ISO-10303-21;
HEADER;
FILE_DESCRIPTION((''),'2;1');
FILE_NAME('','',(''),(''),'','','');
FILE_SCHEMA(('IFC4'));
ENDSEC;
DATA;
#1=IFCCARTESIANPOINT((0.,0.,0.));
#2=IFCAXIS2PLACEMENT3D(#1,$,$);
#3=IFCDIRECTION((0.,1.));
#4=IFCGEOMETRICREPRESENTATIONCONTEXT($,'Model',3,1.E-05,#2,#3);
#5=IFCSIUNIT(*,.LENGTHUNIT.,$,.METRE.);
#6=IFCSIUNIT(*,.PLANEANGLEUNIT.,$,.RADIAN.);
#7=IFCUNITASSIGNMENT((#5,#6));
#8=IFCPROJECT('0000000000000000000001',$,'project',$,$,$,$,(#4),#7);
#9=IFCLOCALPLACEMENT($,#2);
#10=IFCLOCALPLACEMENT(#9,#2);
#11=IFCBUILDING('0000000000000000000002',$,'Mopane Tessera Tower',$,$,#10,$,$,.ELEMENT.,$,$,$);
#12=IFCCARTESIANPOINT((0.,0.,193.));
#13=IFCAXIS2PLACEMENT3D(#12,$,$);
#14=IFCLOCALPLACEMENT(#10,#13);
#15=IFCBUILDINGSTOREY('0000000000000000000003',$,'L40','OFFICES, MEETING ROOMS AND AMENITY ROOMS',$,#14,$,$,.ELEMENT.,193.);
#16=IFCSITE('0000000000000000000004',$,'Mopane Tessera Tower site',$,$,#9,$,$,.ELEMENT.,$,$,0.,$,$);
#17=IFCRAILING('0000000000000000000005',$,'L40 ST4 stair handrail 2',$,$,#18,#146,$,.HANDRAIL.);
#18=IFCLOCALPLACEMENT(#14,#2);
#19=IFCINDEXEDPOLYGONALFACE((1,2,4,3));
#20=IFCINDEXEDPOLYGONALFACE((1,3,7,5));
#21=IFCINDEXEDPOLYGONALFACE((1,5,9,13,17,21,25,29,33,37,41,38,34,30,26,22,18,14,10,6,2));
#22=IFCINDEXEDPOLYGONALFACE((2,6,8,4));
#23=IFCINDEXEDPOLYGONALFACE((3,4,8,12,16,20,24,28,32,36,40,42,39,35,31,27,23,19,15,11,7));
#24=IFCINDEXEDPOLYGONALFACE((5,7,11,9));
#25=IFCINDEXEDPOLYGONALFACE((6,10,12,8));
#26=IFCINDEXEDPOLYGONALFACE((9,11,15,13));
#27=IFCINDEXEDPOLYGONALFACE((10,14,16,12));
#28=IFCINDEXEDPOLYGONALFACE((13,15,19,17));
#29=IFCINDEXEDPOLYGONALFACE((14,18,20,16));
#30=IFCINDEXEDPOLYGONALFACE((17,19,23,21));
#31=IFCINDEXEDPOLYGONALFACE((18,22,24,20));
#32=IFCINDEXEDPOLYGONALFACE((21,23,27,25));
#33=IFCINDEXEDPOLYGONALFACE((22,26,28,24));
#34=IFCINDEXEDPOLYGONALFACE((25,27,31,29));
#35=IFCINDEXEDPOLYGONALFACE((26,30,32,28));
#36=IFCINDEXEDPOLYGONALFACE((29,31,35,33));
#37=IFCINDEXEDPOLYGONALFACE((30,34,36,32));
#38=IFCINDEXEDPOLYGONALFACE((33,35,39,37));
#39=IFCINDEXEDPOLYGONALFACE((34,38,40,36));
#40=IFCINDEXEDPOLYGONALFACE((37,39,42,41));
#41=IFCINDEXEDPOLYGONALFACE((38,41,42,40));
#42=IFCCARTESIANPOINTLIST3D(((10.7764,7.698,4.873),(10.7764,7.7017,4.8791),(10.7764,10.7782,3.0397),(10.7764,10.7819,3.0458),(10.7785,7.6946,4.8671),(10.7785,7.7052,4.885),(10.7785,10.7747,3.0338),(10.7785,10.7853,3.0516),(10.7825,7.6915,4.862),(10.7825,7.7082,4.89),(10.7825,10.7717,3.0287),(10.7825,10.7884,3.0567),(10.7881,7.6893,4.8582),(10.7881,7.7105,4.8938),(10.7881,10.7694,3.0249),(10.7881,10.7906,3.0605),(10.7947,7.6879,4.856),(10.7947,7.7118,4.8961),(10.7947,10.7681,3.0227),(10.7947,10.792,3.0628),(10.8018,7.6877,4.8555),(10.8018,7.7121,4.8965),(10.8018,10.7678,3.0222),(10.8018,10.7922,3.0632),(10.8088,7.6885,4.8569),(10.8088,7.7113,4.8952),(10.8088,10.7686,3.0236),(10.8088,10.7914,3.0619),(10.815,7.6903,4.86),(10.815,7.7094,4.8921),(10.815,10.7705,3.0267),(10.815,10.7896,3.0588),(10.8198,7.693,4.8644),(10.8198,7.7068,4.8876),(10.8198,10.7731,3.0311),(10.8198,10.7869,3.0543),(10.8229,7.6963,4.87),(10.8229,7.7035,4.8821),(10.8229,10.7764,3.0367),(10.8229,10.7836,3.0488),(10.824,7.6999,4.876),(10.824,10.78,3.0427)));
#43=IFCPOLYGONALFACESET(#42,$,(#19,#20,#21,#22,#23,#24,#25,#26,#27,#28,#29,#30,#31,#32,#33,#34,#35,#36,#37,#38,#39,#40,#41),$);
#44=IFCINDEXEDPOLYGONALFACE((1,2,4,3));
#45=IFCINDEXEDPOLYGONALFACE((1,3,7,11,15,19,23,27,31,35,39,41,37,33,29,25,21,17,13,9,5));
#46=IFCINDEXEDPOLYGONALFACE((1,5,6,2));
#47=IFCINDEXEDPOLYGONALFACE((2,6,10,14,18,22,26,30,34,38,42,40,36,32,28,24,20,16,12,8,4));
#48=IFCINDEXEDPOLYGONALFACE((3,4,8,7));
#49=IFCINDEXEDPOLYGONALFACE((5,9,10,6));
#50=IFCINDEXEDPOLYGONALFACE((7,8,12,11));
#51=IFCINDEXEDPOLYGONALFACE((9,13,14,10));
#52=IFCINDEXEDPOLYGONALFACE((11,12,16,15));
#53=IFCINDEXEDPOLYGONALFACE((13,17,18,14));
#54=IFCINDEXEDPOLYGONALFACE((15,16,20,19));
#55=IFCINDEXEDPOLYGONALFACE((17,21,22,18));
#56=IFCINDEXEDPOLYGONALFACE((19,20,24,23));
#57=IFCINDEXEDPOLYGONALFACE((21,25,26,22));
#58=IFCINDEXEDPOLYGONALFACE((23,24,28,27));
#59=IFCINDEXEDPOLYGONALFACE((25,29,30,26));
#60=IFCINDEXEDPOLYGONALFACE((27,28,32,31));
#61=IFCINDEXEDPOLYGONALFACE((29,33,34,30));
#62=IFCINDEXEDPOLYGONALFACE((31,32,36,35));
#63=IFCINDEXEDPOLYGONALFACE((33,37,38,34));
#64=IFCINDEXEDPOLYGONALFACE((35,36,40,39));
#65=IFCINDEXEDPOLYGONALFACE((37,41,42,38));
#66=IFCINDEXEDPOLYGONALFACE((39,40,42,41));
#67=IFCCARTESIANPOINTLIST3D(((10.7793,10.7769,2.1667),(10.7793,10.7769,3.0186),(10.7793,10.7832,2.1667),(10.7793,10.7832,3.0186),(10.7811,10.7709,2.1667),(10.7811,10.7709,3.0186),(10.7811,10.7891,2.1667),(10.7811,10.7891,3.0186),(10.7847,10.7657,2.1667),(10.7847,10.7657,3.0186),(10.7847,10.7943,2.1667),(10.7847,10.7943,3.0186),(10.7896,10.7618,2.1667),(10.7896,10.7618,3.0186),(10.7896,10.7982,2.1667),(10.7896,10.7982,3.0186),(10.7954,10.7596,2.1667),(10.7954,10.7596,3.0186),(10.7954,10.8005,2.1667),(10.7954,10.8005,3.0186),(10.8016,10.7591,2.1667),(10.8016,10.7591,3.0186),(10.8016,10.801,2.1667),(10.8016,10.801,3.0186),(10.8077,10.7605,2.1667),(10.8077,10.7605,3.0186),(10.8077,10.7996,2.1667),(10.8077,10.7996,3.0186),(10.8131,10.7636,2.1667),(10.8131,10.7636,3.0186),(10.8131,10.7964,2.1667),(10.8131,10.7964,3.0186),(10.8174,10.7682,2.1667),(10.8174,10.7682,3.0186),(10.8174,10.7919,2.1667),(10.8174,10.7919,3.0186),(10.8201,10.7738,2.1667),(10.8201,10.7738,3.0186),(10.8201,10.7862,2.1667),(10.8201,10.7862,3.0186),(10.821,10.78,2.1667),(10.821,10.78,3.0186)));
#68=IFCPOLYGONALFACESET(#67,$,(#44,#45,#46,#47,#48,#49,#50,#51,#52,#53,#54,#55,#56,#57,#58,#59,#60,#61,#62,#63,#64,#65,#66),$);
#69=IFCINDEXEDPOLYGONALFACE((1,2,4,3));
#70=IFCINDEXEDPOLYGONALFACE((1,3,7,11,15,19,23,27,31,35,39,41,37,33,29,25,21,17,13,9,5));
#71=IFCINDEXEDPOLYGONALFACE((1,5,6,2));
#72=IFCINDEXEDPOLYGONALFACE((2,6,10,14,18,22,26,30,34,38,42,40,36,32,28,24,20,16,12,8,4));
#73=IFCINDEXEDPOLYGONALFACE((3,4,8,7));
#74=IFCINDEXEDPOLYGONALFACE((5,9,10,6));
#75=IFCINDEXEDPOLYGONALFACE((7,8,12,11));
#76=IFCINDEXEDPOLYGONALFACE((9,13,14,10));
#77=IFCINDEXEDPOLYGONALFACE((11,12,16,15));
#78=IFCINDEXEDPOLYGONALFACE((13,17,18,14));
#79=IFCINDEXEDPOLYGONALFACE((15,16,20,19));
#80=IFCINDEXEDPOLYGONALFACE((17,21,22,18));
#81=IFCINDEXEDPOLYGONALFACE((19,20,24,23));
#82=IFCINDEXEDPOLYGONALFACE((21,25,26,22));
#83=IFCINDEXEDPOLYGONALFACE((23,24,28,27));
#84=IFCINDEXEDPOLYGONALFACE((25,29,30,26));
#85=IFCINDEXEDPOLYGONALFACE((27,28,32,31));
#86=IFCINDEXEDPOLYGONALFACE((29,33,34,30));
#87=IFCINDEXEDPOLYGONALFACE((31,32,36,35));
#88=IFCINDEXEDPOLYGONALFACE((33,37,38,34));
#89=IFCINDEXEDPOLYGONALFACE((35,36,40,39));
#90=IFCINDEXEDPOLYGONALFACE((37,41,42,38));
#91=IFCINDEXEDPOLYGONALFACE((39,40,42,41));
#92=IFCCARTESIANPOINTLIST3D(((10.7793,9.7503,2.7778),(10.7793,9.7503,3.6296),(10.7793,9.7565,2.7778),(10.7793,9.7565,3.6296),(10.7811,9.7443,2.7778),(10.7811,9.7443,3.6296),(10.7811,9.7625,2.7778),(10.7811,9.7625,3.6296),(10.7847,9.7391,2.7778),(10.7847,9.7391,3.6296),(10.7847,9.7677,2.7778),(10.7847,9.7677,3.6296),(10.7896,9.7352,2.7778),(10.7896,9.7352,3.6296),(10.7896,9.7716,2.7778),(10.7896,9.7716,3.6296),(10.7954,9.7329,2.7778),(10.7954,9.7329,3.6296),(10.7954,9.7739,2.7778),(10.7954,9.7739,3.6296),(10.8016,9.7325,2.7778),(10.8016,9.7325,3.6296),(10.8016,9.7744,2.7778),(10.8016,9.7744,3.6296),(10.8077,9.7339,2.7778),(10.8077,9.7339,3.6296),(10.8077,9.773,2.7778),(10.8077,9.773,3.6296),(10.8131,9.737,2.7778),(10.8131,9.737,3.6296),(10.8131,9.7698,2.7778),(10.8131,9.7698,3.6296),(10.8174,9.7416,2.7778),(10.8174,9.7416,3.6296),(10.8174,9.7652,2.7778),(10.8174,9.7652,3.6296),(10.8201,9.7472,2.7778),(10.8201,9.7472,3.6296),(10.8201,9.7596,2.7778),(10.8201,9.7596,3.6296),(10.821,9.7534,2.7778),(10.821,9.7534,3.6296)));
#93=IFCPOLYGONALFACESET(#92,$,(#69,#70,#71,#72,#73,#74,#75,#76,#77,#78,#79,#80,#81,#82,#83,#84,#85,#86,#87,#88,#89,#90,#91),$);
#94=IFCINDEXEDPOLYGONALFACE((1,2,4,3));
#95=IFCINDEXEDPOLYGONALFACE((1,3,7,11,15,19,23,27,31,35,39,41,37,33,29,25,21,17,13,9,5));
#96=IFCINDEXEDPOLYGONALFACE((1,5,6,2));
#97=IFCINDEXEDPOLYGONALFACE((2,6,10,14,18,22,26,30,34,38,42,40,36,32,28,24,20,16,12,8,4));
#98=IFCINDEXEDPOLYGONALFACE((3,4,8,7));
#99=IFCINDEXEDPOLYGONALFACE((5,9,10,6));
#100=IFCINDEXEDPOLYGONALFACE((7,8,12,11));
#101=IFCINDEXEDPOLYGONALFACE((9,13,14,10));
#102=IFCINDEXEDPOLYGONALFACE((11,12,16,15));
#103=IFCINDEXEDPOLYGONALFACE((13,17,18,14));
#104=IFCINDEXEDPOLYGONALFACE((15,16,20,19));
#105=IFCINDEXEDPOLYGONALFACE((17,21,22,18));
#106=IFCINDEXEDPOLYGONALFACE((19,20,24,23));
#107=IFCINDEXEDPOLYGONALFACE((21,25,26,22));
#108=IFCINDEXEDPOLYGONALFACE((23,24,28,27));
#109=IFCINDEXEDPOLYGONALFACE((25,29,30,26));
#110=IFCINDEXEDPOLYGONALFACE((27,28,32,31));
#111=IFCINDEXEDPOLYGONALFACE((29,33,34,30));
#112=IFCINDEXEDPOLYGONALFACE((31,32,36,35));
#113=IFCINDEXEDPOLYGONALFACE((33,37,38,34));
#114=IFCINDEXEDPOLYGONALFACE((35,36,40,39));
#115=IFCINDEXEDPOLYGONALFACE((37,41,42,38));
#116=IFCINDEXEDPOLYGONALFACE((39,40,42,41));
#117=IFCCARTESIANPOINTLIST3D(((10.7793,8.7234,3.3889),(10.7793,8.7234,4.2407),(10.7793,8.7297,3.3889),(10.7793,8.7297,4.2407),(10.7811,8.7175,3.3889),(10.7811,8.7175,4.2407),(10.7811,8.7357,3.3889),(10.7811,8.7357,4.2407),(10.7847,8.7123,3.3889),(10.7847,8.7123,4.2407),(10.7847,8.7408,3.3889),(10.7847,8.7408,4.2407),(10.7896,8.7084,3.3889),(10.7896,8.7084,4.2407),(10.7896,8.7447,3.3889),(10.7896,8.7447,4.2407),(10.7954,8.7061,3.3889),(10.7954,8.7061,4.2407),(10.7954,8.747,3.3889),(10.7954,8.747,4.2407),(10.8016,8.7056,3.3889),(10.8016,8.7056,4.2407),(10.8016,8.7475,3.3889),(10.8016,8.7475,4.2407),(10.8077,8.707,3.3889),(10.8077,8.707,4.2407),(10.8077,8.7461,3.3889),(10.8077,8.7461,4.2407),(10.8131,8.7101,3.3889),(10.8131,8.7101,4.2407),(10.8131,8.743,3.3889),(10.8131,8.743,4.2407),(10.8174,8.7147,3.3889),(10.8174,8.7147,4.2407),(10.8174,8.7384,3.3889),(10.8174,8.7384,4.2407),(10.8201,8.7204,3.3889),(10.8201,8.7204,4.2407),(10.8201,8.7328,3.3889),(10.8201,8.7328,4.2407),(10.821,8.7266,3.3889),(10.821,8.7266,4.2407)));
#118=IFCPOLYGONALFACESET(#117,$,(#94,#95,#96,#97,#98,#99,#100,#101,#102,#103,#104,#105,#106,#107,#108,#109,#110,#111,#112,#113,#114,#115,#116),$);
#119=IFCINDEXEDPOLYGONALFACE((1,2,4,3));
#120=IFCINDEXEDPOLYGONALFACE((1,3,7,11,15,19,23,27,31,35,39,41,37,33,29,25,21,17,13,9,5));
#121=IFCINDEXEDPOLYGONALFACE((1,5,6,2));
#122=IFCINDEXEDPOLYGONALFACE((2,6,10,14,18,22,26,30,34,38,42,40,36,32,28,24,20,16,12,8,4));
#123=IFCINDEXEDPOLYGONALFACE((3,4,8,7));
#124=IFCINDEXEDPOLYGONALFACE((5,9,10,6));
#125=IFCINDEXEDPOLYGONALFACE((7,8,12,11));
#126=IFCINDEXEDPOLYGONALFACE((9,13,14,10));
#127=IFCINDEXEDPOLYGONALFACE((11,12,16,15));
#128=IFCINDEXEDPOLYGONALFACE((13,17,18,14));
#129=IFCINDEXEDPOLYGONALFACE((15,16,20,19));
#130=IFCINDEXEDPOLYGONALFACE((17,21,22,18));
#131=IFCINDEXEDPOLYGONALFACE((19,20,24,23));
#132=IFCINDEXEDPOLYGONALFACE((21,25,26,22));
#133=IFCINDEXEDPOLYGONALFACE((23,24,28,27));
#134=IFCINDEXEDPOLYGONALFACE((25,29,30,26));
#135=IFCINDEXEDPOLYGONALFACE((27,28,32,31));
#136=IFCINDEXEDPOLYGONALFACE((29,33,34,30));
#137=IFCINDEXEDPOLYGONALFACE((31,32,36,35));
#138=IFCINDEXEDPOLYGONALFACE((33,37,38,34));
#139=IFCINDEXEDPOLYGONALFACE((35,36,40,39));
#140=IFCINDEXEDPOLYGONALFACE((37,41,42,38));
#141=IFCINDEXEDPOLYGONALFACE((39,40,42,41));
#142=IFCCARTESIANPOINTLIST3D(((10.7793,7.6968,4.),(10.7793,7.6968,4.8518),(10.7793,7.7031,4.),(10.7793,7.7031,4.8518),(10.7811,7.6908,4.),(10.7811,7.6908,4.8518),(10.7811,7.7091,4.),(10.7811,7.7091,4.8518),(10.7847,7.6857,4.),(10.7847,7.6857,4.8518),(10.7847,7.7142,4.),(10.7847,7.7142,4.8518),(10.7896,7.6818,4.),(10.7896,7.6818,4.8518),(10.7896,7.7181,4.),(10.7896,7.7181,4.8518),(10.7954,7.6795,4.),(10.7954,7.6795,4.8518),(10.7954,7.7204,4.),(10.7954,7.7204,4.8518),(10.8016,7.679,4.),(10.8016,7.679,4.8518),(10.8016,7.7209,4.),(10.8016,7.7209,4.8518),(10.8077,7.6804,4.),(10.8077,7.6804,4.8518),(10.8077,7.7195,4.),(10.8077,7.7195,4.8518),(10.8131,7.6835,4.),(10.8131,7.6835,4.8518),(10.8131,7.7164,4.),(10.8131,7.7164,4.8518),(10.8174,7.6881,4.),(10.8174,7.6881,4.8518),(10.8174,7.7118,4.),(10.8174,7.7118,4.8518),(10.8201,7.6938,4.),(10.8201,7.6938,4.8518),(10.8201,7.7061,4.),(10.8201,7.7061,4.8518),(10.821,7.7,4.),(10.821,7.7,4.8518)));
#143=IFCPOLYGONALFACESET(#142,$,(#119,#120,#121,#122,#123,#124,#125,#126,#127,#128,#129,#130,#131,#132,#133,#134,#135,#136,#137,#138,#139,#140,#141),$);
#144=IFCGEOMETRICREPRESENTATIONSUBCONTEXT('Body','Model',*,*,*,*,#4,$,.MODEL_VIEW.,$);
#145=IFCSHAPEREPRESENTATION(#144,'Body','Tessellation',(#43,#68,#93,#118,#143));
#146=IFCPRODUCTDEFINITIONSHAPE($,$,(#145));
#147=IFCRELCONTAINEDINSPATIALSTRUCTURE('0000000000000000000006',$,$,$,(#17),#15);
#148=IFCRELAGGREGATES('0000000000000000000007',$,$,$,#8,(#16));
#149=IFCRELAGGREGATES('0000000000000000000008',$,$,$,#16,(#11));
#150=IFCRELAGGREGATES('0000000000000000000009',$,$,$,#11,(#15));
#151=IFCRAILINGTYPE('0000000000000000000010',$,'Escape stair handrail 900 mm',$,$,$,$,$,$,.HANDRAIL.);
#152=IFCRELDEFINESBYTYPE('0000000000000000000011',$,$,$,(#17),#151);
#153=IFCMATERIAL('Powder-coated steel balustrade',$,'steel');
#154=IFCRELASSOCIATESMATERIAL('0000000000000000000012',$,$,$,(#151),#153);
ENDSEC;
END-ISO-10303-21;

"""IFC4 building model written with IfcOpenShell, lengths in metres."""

from ifc_helpers import new_model, si_unit, direction, frame, origin, origin_2d, place, context, subcontext, project, spatial, circle, extrude, material, type_object, element, save


model = new_model("IFC4")

# Units and contexts
model_context = context("Model", 3, precision=1e-05, world=origin(), true_north=direction((0.0, 1.0)))
body_context = subcontext(model_context, "Body", "Model", "MODEL_VIEW")
ifc_project = project(units=[si_unit("LENGTHUNIT", "METRE"), si_unit("PLANEANGLEUNIT", "RADIAN")], contexts=[model_context])

# Site, building, storey
site_placement = place(None, origin())
site = spatial("IfcSite", under=ifc_project, at=site_placement, Name="Mopane Tessera Tower site", CompositionType="ELEMENT", RefElevation=0.0)
building_placement = place(site_placement, origin())
building = spatial("IfcBuilding", under=site, at=building_placement, Name="Mopane Tessera Tower", CompositionType="ELEMENT")
storey_placement = place(building_placement, frame((0.0, 0.0, 193.0)))
storey = spatial("IfcBuildingStorey", under=building, at=storey_placement, Name="L40", Description="OFFICES, MEETING ROOMS AND AMENITY ROOMS", CompositionType="ELEMENT", Elevation=193.0)

# Railing
ifc_material_1 = material(Name="Powder-coated steel balustrade", Category="steel")
railing_type_1 = type_object("IfcRailingType", Name="Escape stair handrail 900 mm", PredefinedType="HANDRAIL", material=ifc_material_1)
railing_1_placement = place(storey_placement, frame((10.8, 10.78, 2.1667)))
element("IfcRailing", 1, at=railing_1_placement, inside=storey, type_object=railing_type_1, Name="L40 ST4 stair handrail 2", PredefinedType="HANDRAIL", context=body_context, shape_type="SweptSolid", body=[
    extrude(circle(Radius=0.0239, at=origin_2d()), frame((0.0, 0.0, 0.876), z_axis=(0.0, -0.859309, 0.511458), x_axis=(1.0, 0.0, 0.0)), (0.0, 0.0, 1.0), 3.5845),
    extrude(circle(Radius=0.021, at=origin_2d()), origin(), (0.0, 0.0, 1.0), 0.8518),
    extrude(circle(Radius=0.021, at=origin_2d()), frame((0.0, -1.0266, 0.6111)), (0.0, 0.0, 1.0), 0.8518),
    extrude(circle(Radius=0.021, at=origin_2d()), frame((0.0, -2.0535, 1.2222)), (0.0, 0.0, 1.0), 0.8518),
    extrude(circle(Radius=0.021, at=origin_2d()), frame((0.0, -3.0801, 1.8333)), (0.0, 0.0, 1.0), 0.8518),
])

save(model, "model.ifc")
